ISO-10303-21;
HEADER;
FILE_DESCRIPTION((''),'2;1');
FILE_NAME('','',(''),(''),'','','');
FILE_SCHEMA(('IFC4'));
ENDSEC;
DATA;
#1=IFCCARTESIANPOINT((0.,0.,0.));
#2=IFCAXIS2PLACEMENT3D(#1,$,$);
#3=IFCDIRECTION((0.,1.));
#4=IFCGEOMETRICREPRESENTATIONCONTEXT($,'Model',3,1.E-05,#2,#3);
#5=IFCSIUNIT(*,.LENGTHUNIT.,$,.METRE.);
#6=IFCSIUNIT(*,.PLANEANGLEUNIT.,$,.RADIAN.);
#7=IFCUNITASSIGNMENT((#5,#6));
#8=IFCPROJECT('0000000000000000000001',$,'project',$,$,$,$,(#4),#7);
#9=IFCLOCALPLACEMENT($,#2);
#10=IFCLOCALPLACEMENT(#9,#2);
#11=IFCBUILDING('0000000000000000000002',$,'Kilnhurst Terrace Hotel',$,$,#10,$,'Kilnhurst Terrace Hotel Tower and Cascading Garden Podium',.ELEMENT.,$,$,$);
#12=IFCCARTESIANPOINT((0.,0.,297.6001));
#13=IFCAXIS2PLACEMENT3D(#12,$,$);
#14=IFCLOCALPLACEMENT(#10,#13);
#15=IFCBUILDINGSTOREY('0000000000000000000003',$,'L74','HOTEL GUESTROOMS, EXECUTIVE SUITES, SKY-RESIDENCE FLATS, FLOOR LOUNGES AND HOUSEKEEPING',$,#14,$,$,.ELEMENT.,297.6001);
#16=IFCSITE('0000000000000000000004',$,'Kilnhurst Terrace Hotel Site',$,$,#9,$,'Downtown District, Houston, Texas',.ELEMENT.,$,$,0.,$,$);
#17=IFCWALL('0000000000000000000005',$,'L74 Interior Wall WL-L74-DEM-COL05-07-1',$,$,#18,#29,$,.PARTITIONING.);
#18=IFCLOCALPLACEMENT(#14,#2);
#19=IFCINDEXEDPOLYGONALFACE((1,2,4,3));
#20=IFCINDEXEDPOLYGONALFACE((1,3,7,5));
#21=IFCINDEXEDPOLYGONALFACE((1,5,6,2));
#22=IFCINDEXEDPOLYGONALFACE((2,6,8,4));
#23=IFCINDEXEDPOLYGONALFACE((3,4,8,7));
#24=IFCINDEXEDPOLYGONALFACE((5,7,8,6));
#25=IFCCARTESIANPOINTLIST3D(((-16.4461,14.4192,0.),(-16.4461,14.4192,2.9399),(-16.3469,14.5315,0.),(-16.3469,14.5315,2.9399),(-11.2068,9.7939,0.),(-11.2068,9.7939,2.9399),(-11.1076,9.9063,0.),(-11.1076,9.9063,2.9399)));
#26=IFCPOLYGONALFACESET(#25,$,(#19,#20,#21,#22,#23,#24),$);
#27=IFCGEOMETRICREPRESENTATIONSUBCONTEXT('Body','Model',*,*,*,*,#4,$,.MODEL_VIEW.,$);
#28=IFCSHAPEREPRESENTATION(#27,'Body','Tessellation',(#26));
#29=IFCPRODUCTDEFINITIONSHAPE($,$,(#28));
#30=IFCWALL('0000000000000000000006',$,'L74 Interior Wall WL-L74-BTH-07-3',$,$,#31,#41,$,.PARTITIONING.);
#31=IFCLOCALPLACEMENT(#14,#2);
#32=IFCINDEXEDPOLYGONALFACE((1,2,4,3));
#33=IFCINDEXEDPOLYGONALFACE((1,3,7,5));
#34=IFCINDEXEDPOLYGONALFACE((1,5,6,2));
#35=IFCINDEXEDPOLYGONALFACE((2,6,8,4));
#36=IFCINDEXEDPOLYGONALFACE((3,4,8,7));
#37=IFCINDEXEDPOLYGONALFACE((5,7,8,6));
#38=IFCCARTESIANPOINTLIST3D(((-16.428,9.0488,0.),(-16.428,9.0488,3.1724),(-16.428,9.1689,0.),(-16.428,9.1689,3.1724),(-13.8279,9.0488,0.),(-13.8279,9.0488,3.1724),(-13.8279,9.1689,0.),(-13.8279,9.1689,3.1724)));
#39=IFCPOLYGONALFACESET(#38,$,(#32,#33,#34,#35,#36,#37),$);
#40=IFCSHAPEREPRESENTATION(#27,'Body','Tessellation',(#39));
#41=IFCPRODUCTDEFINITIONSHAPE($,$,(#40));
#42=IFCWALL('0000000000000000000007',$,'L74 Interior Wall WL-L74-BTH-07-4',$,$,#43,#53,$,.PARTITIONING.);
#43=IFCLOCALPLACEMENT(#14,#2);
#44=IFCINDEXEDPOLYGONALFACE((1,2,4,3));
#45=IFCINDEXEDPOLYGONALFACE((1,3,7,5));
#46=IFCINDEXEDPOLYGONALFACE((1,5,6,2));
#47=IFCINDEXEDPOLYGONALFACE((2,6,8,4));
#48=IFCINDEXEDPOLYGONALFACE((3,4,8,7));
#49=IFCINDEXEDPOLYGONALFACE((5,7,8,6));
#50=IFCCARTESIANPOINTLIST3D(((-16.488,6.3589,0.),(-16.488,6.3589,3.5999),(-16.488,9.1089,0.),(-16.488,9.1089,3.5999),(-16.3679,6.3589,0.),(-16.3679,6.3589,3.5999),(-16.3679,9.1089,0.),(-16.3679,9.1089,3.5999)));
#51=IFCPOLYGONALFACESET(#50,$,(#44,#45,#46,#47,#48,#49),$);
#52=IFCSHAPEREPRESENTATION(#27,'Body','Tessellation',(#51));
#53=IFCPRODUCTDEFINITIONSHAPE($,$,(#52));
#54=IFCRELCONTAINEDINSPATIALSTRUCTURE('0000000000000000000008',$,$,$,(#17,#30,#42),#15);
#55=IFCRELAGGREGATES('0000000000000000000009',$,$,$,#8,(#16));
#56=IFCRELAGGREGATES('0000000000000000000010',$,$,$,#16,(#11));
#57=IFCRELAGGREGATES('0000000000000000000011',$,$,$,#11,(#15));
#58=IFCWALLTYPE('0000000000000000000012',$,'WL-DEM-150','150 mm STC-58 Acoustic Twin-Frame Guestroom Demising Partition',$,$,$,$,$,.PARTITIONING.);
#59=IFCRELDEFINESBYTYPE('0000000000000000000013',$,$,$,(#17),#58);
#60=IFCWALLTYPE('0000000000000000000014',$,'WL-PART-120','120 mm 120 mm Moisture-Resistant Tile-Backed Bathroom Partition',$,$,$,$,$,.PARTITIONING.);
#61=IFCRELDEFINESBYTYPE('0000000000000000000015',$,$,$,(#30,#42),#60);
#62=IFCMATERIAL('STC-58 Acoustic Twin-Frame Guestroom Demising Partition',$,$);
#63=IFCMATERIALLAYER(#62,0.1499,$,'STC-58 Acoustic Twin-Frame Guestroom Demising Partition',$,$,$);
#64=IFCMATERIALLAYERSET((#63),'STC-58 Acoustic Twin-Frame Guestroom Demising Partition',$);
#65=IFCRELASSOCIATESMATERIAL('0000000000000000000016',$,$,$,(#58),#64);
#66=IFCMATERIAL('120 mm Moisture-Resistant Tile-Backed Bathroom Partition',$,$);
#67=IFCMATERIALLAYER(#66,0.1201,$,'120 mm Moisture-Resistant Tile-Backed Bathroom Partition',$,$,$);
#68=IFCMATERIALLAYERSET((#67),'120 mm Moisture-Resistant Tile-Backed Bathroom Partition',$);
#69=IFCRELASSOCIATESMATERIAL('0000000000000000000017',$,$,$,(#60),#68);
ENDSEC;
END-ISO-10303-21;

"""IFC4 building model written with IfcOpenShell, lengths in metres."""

from ifc_helpers import new_model, si_unit, direction, frame, frame_2d, origin, place, context, subcontext, project, spatial, rectangle, extrude, material, layer, layer_set, type_object, element, save


model = new_model("IFC4")

# Units and contexts
model_context = context("Model", 3, precision=1e-05, world=origin(), true_north=direction((0.0, 1.0)))
body_context = subcontext(model_context, "Body", "Model", "MODEL_VIEW")
ifc_project = project(units=[si_unit("LENGTHUNIT", "METRE"), si_unit("PLANEANGLEUNIT", "RADIAN")], contexts=[model_context])

# Site, building, storey
site_placement = place(None, origin())
site = spatial("IfcSite", under=ifc_project, at=site_placement, Name="Kilnhurst Terrace Hotel Site", LongName="Downtown District, Houston, Texas", CompositionType="ELEMENT", RefElevation=0.0)
building_placement = place(site_placement, origin())
building = spatial("IfcBuilding", under=site, at=building_placement, Name="Kilnhurst Terrace Hotel", LongName="Kilnhurst Terrace Hotel Tower and Cascading Garden Podium", CompositionType="ELEMENT")
storey_placement = place(building_placement, frame((0.0, 0.0, 297.6001)))
storey = spatial("IfcBuildingStorey", under=building, at=storey_placement, Name="L74", Description="HOTEL GUESTROOMS, EXECUTIVE SUITES, SKY-RESIDENCE FLATS, FLOOR LOUNGES AND HOUSEKEEPING", CompositionType="ELEMENT", Elevation=297.6001)

# Walls
ifc_material_1 = material(Name="STC-58 Acoustic Twin-Frame Guestroom Demising Partition")
ifc_layer_1 = layer(ifc_material_1, 0.1499, Name="STC-58 Acoustic Twin-Frame Guestroom Demising Partition")
ifc_layer_set_1 = layer_set([ifc_layer_1], Name="STC-58 Acoustic Twin-Frame Guestroom Demising Partition")
wall_type_1 = type_object("IfcWallType", Name="WL-DEM-150", Description="150 mm STC-58 Acoustic Twin-Frame Guestroom Demising Partition", PredefinedType="PARTITIONING", material=ifc_layer_set_1)
wall_1_placement = place(storey_placement, frame((-11.1572, 9.8501, 0.0), z_axis=(0.0, 0.0, 1.0), x_axis=(-0.74967, 0.661812, 0.0)))
element("IfcWall", 1, at=wall_1_placement, inside=storey, type_object=wall_type_1, Name="L74 Interior Wall WL-L74-DEM-COL05-07-1", PredefinedType="PARTITIONING", context=body_context, shape_type="SweptSolid", body=[
    extrude(rectangle(XDim=6.9888, YDim=0.1499, at=frame_2d((3.4944, 0.0))), origin(), (0.0, 0.0, 1.0), 2.9399),
])
ifc_material_2 = material(Name="120 mm Moisture-Resistant Tile-Backed Bathroom Partition")
ifc_layer_2 = layer(ifc_material_2, 0.1201, Name="120 mm Moisture-Resistant Tile-Backed Bathroom Partition")
ifc_layer_set_2 = layer_set([ifc_layer_2], Name="120 mm Moisture-Resistant Tile-Backed Bathroom Partition")
wall_type_2 = type_object("IfcWallType", Name="WL-PART-120", Description="120 mm 120 mm Moisture-Resistant Tile-Backed Bathroom Partition", PredefinedType="PARTITIONING", material=ifc_layer_set_2)
wall_2_placement = place(storey_placement, frame((-13.8279, 9.1089, 0.0), z_axis=(0.0, 0.0, 1.0), x_axis=(-1.0, 0.0, 0.0)))
element("IfcWall", 2, at=wall_2_placement, inside=storey, type_object=wall_type_2, Name="L74 Interior Wall WL-L74-BTH-07-3", PredefinedType="PARTITIONING", context=body_context, shape_type="SweptSolid", body=[
    extrude(rectangle(XDim=2.6001, YDim=0.1201, at=frame_2d((1.3, 0.0))), origin(), (0.0, 0.0, 1.0), 3.1724),
])
wall_3_placement = place(storey_placement, frame((-16.428, 9.1089, 0.0), z_axis=(0.0, 0.0, 1.0), x_axis=(0.0, -1.0, 0.0)))
element("IfcWall", 3, at=wall_3_placement, inside=storey, type_object=wall_type_2, Name="L74 Interior Wall WL-L74-BTH-07-4", PredefinedType="PARTITIONING", context=body_context, shape_type="SweptSolid", body=[
    extrude(rectangle(XDim=2.75, YDim=0.1201, at=frame_2d((1.375, 0.0))), origin(), (0.0, 0.0, 1.0), 3.5999),
])

save(model, "model.ifc")
